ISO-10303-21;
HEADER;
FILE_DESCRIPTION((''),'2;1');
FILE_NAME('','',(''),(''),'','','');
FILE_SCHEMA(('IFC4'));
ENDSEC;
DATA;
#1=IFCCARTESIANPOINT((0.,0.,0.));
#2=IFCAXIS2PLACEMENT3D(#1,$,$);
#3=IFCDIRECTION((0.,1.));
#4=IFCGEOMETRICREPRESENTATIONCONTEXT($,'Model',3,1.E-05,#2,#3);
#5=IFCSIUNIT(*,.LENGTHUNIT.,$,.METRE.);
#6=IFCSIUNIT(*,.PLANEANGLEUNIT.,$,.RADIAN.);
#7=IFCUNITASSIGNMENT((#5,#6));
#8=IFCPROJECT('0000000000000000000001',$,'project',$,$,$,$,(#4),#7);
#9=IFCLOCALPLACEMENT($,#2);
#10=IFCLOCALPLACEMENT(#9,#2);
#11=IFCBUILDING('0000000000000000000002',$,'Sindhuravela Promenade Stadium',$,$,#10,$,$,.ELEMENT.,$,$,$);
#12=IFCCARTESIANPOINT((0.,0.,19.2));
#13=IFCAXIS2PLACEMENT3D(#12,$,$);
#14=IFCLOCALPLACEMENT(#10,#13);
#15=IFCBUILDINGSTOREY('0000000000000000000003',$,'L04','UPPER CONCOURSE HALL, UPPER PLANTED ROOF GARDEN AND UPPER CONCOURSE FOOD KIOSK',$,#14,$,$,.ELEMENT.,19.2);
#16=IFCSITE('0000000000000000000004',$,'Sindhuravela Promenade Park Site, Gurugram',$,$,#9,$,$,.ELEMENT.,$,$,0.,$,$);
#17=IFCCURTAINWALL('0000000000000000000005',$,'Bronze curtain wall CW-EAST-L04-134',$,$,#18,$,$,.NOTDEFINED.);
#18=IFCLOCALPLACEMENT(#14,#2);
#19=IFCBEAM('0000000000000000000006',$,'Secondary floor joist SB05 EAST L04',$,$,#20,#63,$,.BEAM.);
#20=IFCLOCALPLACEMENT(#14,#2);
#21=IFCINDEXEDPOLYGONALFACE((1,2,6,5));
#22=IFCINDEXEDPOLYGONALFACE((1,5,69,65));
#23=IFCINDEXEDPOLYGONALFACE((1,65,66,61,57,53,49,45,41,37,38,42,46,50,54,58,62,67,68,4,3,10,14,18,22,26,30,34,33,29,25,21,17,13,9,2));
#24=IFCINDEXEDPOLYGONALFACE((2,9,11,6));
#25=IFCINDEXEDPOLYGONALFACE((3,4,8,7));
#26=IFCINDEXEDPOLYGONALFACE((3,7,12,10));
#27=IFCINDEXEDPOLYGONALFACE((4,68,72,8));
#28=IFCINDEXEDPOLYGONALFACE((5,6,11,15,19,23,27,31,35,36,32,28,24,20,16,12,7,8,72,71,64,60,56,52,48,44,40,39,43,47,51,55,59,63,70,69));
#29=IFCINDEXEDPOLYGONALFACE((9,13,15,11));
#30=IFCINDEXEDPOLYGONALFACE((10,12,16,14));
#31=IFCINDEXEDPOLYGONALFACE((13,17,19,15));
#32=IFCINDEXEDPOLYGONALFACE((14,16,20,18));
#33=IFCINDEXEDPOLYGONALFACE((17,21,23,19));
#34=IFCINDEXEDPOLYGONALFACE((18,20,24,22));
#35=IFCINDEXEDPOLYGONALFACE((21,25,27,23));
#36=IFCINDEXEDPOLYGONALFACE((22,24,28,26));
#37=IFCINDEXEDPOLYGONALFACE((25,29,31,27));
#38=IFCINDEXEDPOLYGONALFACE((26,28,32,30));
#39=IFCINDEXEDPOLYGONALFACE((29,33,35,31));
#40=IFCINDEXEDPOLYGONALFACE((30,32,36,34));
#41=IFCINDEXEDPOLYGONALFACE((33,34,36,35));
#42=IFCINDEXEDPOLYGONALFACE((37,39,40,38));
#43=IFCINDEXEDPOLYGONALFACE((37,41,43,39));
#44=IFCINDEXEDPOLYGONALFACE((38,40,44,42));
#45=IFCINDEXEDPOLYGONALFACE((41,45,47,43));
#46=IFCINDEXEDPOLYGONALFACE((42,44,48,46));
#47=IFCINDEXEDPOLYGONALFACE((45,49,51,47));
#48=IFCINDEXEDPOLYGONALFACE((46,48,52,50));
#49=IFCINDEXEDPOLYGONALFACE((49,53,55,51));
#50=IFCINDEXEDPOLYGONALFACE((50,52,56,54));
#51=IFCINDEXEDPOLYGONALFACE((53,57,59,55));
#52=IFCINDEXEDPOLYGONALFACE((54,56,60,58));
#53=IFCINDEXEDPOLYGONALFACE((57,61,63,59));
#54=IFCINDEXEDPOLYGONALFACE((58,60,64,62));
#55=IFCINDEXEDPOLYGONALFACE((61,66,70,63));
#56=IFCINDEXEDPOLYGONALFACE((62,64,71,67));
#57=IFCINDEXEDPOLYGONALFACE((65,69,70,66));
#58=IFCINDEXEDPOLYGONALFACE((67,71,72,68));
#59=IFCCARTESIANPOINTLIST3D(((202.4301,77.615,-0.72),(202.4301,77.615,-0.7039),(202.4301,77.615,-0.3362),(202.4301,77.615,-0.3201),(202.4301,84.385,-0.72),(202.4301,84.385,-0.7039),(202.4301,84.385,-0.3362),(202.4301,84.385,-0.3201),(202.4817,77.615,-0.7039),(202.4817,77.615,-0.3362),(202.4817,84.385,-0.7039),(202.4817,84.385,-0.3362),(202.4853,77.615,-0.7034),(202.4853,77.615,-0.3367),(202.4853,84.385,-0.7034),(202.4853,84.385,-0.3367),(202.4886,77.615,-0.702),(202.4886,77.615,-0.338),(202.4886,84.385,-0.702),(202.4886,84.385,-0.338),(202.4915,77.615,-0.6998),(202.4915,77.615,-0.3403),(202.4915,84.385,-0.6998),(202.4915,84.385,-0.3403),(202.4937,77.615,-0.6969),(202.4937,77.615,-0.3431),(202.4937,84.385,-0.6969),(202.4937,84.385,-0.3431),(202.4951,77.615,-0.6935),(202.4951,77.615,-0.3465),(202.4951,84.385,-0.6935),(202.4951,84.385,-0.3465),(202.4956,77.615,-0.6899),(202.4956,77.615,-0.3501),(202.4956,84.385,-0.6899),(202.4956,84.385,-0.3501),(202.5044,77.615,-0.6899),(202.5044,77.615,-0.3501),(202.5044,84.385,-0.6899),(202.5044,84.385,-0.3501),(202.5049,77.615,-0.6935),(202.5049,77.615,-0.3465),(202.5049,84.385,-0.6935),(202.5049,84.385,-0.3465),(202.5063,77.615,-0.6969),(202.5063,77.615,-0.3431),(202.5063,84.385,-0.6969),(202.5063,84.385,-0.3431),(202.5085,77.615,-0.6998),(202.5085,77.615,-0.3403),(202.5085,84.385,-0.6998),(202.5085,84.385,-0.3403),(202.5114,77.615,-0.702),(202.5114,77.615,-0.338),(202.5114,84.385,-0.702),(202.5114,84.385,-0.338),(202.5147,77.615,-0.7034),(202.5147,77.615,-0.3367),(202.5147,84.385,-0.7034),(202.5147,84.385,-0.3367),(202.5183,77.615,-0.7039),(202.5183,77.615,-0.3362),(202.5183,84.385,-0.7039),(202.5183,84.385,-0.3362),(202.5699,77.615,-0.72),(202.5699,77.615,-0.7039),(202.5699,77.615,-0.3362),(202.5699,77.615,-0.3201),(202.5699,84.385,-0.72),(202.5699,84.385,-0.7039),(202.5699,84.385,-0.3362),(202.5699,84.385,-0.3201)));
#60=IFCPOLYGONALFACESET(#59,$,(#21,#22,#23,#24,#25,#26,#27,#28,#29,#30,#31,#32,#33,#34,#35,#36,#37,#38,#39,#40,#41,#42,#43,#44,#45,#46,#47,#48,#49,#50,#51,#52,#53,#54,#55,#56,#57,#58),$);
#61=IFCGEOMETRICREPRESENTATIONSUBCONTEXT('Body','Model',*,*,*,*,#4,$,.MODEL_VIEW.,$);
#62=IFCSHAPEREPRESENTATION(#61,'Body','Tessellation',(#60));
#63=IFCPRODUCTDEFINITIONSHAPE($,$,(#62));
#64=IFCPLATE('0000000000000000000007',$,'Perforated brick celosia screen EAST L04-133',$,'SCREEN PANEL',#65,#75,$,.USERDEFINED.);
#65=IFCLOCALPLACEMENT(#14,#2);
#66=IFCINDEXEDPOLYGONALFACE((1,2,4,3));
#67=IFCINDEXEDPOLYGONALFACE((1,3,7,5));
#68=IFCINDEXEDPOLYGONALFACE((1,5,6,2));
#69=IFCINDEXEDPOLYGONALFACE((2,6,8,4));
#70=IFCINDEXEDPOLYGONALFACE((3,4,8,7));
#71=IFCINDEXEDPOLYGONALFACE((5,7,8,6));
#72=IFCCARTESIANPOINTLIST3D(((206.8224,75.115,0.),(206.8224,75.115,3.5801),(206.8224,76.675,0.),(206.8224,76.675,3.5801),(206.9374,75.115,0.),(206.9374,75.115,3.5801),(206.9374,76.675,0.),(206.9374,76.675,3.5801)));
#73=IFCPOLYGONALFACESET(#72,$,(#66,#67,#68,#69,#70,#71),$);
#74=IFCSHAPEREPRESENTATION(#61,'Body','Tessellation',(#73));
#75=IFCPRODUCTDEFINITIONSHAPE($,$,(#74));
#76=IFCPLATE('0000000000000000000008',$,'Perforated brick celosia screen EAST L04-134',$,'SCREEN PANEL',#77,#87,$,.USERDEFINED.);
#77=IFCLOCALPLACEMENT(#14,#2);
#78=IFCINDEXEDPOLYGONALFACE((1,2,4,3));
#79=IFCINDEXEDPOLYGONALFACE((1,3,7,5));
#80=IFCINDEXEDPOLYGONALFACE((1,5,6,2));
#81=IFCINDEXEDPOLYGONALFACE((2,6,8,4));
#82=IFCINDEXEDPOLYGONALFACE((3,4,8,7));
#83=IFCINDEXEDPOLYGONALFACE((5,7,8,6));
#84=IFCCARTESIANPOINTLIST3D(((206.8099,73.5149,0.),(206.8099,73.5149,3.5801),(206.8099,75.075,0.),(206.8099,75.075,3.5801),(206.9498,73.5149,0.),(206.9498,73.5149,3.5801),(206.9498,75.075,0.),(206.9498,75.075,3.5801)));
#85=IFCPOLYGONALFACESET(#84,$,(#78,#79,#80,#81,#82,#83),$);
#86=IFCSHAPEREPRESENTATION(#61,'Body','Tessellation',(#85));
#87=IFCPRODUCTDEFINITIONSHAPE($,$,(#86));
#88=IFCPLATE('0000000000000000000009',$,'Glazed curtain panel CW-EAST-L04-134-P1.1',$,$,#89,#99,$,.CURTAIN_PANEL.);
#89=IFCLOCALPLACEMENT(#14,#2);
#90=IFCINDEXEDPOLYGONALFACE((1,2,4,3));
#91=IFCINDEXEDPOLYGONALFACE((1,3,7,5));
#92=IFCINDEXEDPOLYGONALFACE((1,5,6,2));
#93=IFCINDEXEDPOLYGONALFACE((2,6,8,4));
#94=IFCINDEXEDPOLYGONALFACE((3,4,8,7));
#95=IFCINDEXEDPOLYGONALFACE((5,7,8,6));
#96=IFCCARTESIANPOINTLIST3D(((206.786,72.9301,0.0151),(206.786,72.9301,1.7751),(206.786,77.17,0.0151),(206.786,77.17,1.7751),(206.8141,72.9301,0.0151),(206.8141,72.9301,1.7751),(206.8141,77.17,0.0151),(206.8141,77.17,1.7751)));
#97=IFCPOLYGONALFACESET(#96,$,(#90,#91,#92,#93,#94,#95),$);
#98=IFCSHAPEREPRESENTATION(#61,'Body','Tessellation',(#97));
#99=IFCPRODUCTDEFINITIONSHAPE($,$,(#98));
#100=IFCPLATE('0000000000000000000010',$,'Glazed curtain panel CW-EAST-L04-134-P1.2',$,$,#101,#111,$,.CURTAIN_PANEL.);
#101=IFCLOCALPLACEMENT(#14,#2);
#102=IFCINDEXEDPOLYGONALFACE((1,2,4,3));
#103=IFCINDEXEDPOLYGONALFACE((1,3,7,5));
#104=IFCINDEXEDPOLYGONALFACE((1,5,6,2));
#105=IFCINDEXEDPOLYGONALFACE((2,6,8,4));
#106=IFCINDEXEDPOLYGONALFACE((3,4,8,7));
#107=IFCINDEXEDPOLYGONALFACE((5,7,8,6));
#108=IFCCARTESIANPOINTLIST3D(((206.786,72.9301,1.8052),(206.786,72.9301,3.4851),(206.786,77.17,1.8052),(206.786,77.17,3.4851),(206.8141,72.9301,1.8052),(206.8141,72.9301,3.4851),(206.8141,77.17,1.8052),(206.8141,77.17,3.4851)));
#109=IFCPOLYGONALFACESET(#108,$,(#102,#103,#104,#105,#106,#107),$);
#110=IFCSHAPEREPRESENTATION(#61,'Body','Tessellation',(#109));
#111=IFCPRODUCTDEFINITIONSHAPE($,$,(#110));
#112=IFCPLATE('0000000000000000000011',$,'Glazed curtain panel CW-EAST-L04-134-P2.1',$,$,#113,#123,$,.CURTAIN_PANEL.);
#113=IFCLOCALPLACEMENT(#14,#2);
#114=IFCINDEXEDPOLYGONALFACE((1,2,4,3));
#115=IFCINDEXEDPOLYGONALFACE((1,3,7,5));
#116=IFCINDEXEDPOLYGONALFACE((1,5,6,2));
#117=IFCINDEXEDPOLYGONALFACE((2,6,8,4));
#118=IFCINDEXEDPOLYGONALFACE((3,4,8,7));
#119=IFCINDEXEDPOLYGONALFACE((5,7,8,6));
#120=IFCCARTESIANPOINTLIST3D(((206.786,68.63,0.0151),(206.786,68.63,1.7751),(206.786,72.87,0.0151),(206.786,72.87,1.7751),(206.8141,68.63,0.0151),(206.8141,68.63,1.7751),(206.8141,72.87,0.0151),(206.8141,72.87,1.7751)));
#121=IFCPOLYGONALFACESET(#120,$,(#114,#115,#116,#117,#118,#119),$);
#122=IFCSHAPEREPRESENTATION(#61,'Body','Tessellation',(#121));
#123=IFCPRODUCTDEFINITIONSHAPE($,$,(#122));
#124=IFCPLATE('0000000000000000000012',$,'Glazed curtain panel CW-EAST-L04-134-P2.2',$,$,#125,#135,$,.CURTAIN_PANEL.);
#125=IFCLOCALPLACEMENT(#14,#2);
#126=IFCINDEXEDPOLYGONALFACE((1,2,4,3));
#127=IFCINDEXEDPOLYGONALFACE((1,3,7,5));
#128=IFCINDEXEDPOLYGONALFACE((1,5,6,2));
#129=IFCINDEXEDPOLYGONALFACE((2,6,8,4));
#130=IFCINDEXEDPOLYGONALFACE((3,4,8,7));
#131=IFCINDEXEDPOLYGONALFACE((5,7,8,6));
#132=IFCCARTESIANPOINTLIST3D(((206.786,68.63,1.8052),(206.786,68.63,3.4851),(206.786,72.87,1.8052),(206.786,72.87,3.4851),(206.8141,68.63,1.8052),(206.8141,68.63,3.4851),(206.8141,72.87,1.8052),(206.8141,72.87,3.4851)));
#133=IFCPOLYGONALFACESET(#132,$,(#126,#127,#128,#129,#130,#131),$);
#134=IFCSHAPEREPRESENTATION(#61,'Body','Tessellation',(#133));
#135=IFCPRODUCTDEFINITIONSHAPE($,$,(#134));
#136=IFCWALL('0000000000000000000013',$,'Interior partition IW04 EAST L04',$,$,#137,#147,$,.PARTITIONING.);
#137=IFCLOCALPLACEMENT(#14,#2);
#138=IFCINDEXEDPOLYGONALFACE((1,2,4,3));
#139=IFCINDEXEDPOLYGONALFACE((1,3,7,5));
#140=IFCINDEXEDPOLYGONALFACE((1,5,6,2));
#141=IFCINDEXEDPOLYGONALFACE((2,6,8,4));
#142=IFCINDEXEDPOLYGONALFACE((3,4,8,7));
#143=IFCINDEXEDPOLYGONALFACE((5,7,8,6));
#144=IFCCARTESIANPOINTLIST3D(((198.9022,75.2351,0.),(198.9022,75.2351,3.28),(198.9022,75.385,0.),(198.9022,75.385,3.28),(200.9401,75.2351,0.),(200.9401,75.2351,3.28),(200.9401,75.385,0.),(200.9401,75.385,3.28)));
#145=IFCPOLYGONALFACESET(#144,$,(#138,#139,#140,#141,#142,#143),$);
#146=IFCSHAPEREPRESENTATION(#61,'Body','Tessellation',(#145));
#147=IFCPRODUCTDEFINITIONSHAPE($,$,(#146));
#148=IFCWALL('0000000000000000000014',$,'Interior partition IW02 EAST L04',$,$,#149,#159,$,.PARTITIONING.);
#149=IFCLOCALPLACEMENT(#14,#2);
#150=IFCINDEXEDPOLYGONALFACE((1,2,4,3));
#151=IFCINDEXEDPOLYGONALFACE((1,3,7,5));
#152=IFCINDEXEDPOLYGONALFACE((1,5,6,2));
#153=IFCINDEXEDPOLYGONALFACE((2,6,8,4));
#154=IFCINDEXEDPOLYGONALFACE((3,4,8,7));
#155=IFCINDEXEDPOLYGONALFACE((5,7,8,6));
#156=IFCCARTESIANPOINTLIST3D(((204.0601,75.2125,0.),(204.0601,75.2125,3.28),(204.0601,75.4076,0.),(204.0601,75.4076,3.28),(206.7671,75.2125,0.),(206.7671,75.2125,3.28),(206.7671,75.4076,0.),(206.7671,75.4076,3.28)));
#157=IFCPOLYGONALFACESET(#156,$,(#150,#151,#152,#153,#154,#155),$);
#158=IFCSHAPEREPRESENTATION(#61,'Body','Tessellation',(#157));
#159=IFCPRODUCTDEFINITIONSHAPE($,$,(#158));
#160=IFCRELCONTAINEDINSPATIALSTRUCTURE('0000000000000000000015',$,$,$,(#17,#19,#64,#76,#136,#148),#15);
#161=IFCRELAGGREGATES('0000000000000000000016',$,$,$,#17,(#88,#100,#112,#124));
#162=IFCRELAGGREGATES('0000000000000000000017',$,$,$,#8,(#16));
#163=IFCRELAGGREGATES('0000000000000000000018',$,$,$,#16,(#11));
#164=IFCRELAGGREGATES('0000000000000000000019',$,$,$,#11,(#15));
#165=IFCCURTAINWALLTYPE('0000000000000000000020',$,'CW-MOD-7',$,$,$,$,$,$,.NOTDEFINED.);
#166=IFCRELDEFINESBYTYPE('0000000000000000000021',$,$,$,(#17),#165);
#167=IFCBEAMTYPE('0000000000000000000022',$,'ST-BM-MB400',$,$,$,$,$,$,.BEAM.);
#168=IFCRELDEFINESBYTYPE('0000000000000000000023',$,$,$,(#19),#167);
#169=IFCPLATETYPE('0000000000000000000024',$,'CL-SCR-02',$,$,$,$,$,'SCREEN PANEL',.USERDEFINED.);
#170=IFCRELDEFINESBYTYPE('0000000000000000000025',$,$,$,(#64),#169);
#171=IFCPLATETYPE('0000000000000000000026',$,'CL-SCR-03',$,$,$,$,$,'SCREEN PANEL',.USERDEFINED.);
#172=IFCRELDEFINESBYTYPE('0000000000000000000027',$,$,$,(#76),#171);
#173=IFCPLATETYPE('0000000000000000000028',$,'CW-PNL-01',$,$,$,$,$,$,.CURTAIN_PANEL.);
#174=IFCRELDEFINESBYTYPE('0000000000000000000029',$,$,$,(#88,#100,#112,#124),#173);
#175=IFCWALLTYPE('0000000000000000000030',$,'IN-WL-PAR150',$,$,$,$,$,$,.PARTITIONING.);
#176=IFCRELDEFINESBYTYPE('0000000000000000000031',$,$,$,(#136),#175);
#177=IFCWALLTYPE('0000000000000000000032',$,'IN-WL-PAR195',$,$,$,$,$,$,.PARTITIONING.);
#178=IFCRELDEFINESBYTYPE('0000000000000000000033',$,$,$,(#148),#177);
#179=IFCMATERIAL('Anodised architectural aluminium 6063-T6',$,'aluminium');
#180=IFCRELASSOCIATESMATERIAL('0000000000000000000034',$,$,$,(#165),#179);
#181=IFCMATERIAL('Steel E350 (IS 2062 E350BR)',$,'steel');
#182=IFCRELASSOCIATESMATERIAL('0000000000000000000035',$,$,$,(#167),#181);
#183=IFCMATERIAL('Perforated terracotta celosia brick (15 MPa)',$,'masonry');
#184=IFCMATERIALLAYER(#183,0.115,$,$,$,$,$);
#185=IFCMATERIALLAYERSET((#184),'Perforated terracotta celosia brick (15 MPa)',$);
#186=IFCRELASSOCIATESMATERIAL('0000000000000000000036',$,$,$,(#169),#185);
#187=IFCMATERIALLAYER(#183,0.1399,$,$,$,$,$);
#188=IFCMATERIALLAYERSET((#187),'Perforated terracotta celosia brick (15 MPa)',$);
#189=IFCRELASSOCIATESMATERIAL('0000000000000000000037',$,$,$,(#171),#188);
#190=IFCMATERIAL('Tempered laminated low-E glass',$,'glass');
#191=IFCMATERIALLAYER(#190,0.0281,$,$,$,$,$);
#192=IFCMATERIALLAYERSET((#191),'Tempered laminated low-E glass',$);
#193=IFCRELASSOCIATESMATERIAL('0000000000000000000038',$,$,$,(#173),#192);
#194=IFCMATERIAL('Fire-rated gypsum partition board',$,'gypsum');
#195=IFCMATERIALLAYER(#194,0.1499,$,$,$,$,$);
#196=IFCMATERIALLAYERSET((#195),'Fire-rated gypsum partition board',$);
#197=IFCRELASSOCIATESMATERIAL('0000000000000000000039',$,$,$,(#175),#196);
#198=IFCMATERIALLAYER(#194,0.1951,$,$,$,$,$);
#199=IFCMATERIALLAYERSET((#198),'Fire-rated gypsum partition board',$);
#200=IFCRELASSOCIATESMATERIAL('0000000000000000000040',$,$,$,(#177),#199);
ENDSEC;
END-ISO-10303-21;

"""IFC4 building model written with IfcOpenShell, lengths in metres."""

from ifc_helpers import new_model, si_unit, direction, frame, frame_2d, origin, origin_2d, place, context, subcontext, project, spatial, rectangle, i_section, extrude, material, layer, layer_set, material_profile, profile_set, type_object, element, aggregate, save


model = new_model("IFC4")

# Units and contexts
model_context = context("Model", 3, precision=1e-05, world=origin(), true_north=direction((0.0, 1.0)))
body_context = subcontext(model_context, "Body", "Model", "MODEL_VIEW")
ifc_project = project(units=[si_unit("LENGTHUNIT", "METRE"), si_unit("PLANEANGLEUNIT", "RADIAN")], contexts=[model_context])

# Site, building, storey
site_placement = place(None, origin())
site = spatial("IfcSite", under=ifc_project, at=site_placement, Name="Sindhuravela Promenade Park Site, Gurugram", CompositionType="ELEMENT", RefElevation=0.0)
building_placement = place(site_placement, origin())
building = spatial("IfcBuilding", under=site, at=building_placement, Name="Sindhuravela Promenade Stadium", CompositionType="ELEMENT")
storey_placement = place(building_placement, frame((0.0, 0.0, 19.2)))
storey = spatial("IfcBuildingStorey", under=building, at=storey_placement, Name="L04", Description="UPPER CONCOURSE HALL, UPPER PLANTED ROOF GARDEN AND UPPER CONCOURSE FOOD KIOSK", CompositionType="ELEMENT", Elevation=19.2)

# Shared definitions
ifc_material_1 = material(Name="Steel E350 (IS 2062 E350BR)", Category="steel")

# Shared definitions
ifc_material_2 = material(Name="Anodised architectural aluminium 6063-T6", Category="aluminium")

# Curtain wall
curtain_wall_type_1 = type_object("IfcCurtainWallType", Name="CW-MOD-7", PredefinedType="NOTDEFINED", material=ifc_material_2)
curtain_wall_1_placement = place(storey_placement, origin())
curtain_wall_1 = element("IfcCurtainWall", 1, at=curtain_wall_1_placement, inside=storey, type_object=curtain_wall_type_1, Name="Bronze curtain wall CW-EAST-L04-134", PredefinedType="NOTDEFINED")

# Beam
ifc_material_profile_1 = material_profile(ifc_material_1, i_section(OverallWidth=0.1399, OverallDepth=0.3999, WebThickness=0.0088, FlangeThickness=0.0161, FilletRadius=0.0139, at=origin_2d()), Name="ISMB 400")
ifc_profile_set_1 = profile_set([ifc_material_profile_1], Name="Steel E350 (IS 2062 E350BR)")
beam_type_1 = type_object("IfcBeamType", Name="ST-BM-MB400", PredefinedType="BEAM", material=ifc_profile_set_1)
beam_1_placement = place(storey_placement, frame((202.5, 77.615, -0.52), z_axis=(0.0, 1.0, 0.0), x_axis=(-1.0, 0.0, 0.0)))
element("IfcBeam", 2, at=beam_1_placement, inside=storey, type_object=beam_type_1, Name="Secondary floor joist SB05 EAST L04", PredefinedType="BEAM", context=body_context, shape_type="SweptSolid", body=[
    extrude(i_section(OverallWidth=0.1399, OverallDepth=0.3999, WebThickness=0.0088, FlangeThickness=0.0161, FilletRadius=0.0139, at=origin_2d()), origin(), (0.0, 0.0, 1.0), 6.77),
])

# Plates
ifc_material_3 = material(Name="Perforated terracotta celosia brick (15 MPa)", Category="masonry")
ifc_layer_1 = layer(ifc_material_3, 0.115)
ifc_layer_set_1 = layer_set([ifc_layer_1], Name="Perforated terracotta celosia brick (15 MPa)")
plate_type_1 = type_object("IfcPlateType", Name="CL-SCR-02", ElementType="SCREEN PANEL", PredefinedType="USERDEFINED", material=ifc_layer_set_1)
plate_1_placement = place(storey_placement, frame((206.8799, 75.895, 0.0), z_axis=(0.0, 0.0, 1.0), x_axis=(0.0, -1.0, 0.0)))
element("IfcPlate", 3, at=plate_1_placement, inside=storey, type_object=plate_type_1, Name="Perforated brick celosia screen EAST L04-133", ObjectType="SCREEN PANEL", PredefinedType="USERDEFINED", context=body_context, shape_type="SweptSolid", body=[
    extrude(rectangle(XDim=1.5601, YDim=0.115, at=origin_2d()), origin(), (0.0, 0.0, 1.0), 3.5801),
])
ifc_layer_2 = layer(ifc_material_3, 0.1399)
ifc_layer_set_2 = layer_set([ifc_layer_2], Name="Perforated terracotta celosia brick (15 MPa)")
plate_type_2 = type_object("IfcPlateType", Name="CL-SCR-03", ElementType="SCREEN PANEL", PredefinedType="USERDEFINED", material=ifc_layer_set_2)
plate_2_placement = place(storey_placement, frame((206.8799, 74.2949, 0.0), z_axis=(0.0, 0.0, 1.0), x_axis=(0.0, -1.0, 0.0)))
element("IfcPlate", 4, at=plate_2_placement, inside=storey, type_object=plate_type_2, Name="Perforated brick celosia screen EAST L04-134", ObjectType="SCREEN PANEL", PredefinedType="USERDEFINED", context=body_context, shape_type="SweptSolid", body=[
    extrude(rectangle(XDim=1.5601, YDim=0.1399, at=origin_2d()), origin(), (0.0, 0.0, 1.0), 3.5801),
])

# Plates
ifc_material_4 = material(Name="Tempered laminated low-E glass", Category="glass")
ifc_layer_3 = layer(ifc_material_4, 0.0281)
ifc_layer_set_3 = layer_set([ifc_layer_3], Name="Tempered laminated low-E glass")
plate_type_3 = type_object("IfcPlateType", Name="CW-PNL-01", PredefinedType="CURTAIN_PANEL", material=ifc_layer_set_3)
plate_3_placement = place(storey_placement, frame((206.8, 75.05, 0.0151), z_axis=(0.0, 0.0, 1.0), x_axis=(0.0, -1.0, 0.0)))
plate_3 = element("IfcPlate", 5, at=plate_3_placement, type_object=plate_type_3, Name="Glazed curtain panel CW-EAST-L04-134-P1.1", PredefinedType="CURTAIN_PANEL", context=body_context, shape_type="SweptSolid", body=[
    extrude(rectangle(XDim=4.24, YDim=0.0281, at=origin_2d()), origin(), (0.0, 0.0, 1.0), 1.76),
])
plate_4_placement = place(storey_placement, frame((206.8, 75.05, 1.8052), z_axis=(0.0, 0.0, 1.0), x_axis=(0.0, -1.0, 0.0)))
plate_4 = element("IfcPlate", 6, at=plate_4_placement, type_object=plate_type_3, Name="Glazed curtain panel CW-EAST-L04-134-P1.2", PredefinedType="CURTAIN_PANEL", context=body_context, shape_type="SweptSolid", body=[
    extrude(rectangle(XDim=4.24, YDim=0.0281, at=origin_2d()), origin(), (0.0, 0.0, 1.0), 1.6799),
])
plate_5_placement = place(storey_placement, frame((206.8, 70.75, 0.0151), z_axis=(0.0, 0.0, 1.0), x_axis=(0.0, -1.0, 0.0)))
plate_5 = element("IfcPlate", 7, at=plate_5_placement, type_object=plate_type_3, Name="Glazed curtain panel CW-EAST-L04-134-P2.1", PredefinedType="CURTAIN_PANEL", context=body_context, shape_type="SweptSolid", body=[
    extrude(rectangle(XDim=4.24, YDim=0.0281, at=origin_2d()), origin(), (0.0, 0.0, 1.0), 1.76),
])
plate_6_placement = place(storey_placement, frame((206.8, 70.75, 1.8052), z_axis=(0.0, 0.0, 1.0), x_axis=(0.0, -1.0, 0.0)))
plate_6 = element("IfcPlate", 8, at=plate_6_placement, type_object=plate_type_3, Name="Glazed curtain panel CW-EAST-L04-134-P2.2", PredefinedType="CURTAIN_PANEL", context=body_context, shape_type="SweptSolid", body=[
    extrude(rectangle(XDim=4.24, YDim=0.0281, at=origin_2d()), origin(), (0.0, 0.0, 1.0), 1.6799),
])
aggregate(curtain_wall_1, [plate_3, plate_4, plate_5, plate_6])

# Walls
ifc_material_5 = material(Name="Fire-rated gypsum partition board", Category="gypsum")
ifc_layer_4 = layer(ifc_material_5, 0.1499)
ifc_layer_set_4 = layer_set([ifc_layer_4], Name="Fire-rated gypsum partition board")
wall_type_1 = type_object("IfcWallType", Name="IN-WL-PAR150", PredefinedType="PARTITIONING", material=ifc_layer_set_4)
wall_1_placement = place(storey_placement, frame((198.9021, 75.3101, 0.0), z_axis=(0.0, 0.0, 1.0), x_axis=(1.0, 0.0, 0.0)))
element("IfcWall", 9, at=wall_1_placement, inside=storey, type_object=wall_type_1, Name="Interior partition IW04 EAST L04", PredefinedType="PARTITIONING", context=body_context, shape_type="SweptSolid", body=[
    extrude(rectangle(XDim=2.0378, YDim=0.1499, at=frame_2d((1.019, 0.0))), origin(), (0.0, 0.0, 1.0), 3.28),
])
ifc_layer_5 = layer(ifc_material_5, 0.1951)
ifc_layer_set_5 = layer_set([ifc_layer_5], Name="Fire-rated gypsum partition board")
wall_type_2 = type_object("IfcWallType", Name="IN-WL-PAR195", PredefinedType="PARTITIONING", material=ifc_layer_set_5)
wall_2_placement = place(storey_placement, frame((204.0601, 75.3101, 0.0), z_axis=(0.0, 0.0, 1.0), x_axis=(1.0, 0.0, 0.0)))
element("IfcWall", 10, at=wall_2_placement, inside=storey, type_object=wall_type_2, Name="Interior partition IW02 EAST L04", PredefinedType="PARTITIONING", context=body_context, shape_type="SweptSolid", body=[
    extrude(rectangle(XDim=2.707, YDim=0.1951, at=frame_2d((1.3535, 0.0))), origin(), (0.0, 0.0, 1.0), 3.28),
])

save(model, "model.ifc")
